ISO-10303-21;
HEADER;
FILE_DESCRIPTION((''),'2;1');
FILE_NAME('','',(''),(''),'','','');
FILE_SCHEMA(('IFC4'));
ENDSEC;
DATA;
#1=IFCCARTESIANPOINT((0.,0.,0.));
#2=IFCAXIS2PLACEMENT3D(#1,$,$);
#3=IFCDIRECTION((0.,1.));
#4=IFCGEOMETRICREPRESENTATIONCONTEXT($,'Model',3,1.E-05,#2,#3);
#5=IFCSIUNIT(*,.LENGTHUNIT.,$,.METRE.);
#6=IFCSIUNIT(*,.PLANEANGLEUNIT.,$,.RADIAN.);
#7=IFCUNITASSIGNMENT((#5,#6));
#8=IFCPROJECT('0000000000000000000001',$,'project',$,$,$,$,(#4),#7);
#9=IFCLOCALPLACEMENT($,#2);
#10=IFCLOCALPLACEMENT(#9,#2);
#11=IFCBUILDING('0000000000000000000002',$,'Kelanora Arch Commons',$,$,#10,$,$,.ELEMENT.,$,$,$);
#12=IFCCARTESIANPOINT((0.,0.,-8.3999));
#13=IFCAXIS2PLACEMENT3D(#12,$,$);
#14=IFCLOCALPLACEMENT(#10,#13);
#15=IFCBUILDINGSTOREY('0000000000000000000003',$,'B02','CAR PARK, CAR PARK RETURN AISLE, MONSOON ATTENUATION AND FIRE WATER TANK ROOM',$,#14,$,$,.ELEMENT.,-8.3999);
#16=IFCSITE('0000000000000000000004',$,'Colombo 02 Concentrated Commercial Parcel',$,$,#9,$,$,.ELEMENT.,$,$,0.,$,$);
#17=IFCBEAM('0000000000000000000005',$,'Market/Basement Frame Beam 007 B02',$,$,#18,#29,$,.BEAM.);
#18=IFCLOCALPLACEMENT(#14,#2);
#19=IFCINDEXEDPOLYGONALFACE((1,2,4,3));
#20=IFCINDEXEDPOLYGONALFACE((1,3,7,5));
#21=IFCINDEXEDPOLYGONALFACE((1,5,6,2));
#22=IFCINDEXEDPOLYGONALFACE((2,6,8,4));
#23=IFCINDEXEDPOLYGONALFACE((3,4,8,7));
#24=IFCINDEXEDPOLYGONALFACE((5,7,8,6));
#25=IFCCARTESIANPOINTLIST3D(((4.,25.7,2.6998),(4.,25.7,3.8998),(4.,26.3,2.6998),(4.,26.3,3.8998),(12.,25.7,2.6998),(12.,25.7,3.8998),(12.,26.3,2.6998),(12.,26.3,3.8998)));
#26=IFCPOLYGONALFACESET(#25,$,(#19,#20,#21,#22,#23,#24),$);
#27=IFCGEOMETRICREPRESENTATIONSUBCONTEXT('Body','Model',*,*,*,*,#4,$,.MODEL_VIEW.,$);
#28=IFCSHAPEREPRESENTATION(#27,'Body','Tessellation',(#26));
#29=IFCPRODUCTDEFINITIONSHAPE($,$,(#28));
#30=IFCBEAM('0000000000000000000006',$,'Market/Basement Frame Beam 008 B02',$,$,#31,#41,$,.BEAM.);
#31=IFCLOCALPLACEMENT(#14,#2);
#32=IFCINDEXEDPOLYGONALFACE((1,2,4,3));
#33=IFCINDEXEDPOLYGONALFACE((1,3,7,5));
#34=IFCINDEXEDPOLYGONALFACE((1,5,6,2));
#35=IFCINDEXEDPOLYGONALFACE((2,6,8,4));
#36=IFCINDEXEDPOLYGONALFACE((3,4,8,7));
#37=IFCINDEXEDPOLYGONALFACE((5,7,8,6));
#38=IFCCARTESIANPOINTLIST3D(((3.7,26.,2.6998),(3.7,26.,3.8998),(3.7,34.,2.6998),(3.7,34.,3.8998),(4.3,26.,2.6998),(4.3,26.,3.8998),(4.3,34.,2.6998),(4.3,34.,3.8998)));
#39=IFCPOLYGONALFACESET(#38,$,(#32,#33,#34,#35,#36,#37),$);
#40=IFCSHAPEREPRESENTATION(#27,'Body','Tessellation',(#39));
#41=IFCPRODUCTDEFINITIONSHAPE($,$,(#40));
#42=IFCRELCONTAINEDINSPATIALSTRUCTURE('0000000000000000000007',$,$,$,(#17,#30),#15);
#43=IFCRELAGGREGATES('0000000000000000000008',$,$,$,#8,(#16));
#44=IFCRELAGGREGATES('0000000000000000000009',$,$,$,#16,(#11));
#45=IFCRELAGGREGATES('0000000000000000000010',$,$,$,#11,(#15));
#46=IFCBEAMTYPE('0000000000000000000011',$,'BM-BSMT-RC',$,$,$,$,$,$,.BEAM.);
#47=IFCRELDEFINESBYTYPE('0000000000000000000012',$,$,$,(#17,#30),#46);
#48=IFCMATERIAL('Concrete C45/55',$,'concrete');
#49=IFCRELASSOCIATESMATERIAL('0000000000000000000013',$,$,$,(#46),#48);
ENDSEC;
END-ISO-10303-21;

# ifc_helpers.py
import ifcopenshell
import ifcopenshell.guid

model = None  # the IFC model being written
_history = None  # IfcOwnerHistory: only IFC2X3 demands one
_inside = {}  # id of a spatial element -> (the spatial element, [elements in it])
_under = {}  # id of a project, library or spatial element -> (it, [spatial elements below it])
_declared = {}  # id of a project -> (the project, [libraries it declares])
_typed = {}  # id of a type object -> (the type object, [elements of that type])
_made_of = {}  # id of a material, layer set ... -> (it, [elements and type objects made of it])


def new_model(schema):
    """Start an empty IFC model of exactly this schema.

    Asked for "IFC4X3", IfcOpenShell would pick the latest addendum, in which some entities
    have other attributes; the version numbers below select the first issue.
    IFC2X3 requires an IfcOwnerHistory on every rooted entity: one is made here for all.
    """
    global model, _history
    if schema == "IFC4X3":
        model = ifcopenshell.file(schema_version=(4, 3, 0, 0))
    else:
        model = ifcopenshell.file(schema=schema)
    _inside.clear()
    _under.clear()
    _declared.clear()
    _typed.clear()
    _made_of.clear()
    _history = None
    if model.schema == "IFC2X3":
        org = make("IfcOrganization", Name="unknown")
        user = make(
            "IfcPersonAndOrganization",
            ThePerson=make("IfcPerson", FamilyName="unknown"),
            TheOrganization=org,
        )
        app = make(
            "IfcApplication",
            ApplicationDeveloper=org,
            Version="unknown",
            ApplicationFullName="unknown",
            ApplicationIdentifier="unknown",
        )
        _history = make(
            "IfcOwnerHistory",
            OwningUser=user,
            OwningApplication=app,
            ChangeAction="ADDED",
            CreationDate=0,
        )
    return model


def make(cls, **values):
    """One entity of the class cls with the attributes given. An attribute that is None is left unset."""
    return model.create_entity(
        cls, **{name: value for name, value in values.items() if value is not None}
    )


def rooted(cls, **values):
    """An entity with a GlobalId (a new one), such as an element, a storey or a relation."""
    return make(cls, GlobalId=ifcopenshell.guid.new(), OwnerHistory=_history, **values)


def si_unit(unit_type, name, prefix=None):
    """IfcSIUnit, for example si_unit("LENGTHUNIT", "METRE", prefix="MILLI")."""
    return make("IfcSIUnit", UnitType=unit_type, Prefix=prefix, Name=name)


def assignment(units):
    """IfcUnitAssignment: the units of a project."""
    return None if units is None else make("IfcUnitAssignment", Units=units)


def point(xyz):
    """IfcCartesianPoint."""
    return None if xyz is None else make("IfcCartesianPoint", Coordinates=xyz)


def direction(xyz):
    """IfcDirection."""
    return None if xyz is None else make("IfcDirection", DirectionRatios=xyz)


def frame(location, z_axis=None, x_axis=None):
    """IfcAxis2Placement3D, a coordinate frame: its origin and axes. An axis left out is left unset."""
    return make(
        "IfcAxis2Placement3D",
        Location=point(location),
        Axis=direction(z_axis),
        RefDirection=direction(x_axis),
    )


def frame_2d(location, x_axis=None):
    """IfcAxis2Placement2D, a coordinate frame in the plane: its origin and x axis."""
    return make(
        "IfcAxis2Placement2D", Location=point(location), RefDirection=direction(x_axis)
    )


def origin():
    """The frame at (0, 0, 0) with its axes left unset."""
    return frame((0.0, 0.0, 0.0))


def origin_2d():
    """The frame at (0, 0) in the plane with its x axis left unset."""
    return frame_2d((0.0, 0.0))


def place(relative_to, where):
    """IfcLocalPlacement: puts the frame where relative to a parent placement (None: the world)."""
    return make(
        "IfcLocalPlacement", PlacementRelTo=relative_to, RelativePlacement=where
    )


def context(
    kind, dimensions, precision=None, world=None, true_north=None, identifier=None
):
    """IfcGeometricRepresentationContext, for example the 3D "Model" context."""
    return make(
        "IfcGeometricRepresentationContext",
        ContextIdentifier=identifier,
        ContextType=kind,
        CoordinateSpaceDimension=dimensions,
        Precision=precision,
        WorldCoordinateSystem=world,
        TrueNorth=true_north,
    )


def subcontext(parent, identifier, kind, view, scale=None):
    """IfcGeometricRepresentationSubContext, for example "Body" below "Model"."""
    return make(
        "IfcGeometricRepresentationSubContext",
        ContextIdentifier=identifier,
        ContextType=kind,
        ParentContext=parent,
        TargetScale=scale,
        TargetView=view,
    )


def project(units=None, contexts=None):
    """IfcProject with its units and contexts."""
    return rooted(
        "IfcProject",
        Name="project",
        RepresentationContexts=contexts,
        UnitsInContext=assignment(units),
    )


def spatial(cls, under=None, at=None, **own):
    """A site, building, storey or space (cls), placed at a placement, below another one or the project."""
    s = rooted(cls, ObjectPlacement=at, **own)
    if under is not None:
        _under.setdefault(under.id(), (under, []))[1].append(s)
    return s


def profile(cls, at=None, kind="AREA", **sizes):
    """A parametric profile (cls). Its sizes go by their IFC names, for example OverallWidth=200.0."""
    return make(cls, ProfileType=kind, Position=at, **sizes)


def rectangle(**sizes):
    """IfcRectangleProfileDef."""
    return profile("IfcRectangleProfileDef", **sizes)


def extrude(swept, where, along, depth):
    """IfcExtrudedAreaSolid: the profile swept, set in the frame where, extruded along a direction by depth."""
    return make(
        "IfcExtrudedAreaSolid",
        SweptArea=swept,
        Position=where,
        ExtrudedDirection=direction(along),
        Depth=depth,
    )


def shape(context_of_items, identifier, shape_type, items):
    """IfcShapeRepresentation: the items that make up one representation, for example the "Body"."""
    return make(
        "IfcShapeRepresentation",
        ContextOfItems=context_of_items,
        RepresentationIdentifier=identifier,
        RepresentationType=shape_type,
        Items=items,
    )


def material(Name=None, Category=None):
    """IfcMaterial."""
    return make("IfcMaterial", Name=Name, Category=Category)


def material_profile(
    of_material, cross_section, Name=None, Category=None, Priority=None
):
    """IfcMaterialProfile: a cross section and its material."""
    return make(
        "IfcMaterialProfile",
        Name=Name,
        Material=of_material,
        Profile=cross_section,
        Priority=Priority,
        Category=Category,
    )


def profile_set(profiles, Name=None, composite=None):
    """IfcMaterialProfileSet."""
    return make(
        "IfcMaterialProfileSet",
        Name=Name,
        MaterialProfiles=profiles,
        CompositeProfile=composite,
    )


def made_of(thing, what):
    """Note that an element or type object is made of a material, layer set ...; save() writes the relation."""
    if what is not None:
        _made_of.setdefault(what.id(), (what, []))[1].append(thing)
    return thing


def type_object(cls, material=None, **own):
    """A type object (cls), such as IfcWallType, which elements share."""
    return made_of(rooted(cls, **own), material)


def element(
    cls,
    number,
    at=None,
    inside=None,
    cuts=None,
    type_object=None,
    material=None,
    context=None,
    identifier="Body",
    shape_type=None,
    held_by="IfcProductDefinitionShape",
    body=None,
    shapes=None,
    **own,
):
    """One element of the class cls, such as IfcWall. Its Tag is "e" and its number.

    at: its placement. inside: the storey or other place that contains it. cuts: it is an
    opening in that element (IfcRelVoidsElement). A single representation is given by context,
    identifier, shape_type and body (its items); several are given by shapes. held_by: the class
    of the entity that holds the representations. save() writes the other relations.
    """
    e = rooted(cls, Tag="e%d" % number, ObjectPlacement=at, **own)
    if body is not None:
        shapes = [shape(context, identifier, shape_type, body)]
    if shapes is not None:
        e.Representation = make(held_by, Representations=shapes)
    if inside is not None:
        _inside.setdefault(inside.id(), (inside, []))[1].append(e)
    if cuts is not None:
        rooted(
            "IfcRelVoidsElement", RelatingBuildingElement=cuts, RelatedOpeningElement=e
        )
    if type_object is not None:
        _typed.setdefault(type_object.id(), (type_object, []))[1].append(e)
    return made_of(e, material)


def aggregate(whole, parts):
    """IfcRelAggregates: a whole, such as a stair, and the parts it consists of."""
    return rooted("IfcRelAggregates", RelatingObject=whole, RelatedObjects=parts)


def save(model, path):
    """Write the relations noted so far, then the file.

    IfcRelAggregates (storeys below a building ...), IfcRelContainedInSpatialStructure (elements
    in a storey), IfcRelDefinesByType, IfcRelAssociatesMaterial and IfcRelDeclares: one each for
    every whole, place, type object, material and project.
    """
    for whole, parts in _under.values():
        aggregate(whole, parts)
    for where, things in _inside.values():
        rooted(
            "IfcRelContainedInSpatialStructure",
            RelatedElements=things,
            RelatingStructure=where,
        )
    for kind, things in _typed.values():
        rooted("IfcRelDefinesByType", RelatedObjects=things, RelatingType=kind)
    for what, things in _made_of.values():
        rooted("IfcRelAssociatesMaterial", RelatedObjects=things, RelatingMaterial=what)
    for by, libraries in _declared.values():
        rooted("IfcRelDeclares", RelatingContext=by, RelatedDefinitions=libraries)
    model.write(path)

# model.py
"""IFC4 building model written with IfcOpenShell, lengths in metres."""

from ifc_helpers import new_model, si_unit, direction, frame, origin, origin_2d, place, context, subcontext, project, spatial, rectangle, extrude, material, material_profile, profile_set, type_object, element, save


model = new_model("IFC4")

# Units and contexts
model_context = context("Model", 3, precision=1e-05, world=origin(), true_north=direction((0.0, 1.0)))
body_context = subcontext(model_context, "Body", "Model", "MODEL_VIEW")
ifc_project = project(units=[si_unit("LENGTHUNIT", "METRE"), si_unit("PLANEANGLEUNIT", "RADIAN")], contexts=[model_context])

# Site, building, storey
site_placement = place(None, origin())
site = spatial("IfcSite", under=ifc_project, at=site_placement, Name="Colombo 02 Concentrated Commercial Parcel", CompositionType="ELEMENT", RefElevation=0.0)
building_placement = place(site_placement, origin())
building = spatial("IfcBuilding", under=site, at=building_placement, Name="Kelanora Arch Commons", CompositionType="ELEMENT")
storey_placement = place(building_placement, frame((0.0, 0.0, -8.3999)))
storey = spatial("IfcBuildingStorey", under=building, at=storey_placement, Name="B02", Description="CAR PARK, CAR PARK RETURN AISLE, MONSOON ATTENUATION AND FIRE WATER TANK ROOM", CompositionType="ELEMENT", Elevation=-8.3999)

# Shared definitions
ifc_material_1 = material(Name="Concrete C45/55", Category="concrete")

# Beams
ifc_material_profile_1 = material_profile(ifc_material_1, rectangle(XDim=0.6001, YDim=1.2, at=origin_2d()), Name="RCB600x1200")
ifc_profile_set_1 = profile_set([ifc_material_profile_1], Name="Concrete C45/55")
beam_type = type_object("IfcBeamType", Name="BM-BSMT-RC", PredefinedType="BEAM", material=ifc_profile_set_1)
for number, where, z_axis, x_axis, name in (
    (1, (4.0, 26.0, 3.2998), (1.0, 0.0, 0.0), (0.0, 1.0, 0.0), "Market/Basement Frame Beam 007 B02"),
    (2, (4.0, 26.0, 3.2998), (0.0, 1.0, 0.0), (-1.0, 0.0, 0.0), "Market/Basement Frame Beam 008 B02"),
):
    element("IfcBeam", number, at=place(storey_placement, frame(where, z_axis=z_axis, x_axis=x_axis)), inside=storey, type_object=beam_type, Name=name, PredefinedType="BEAM", context=body_context, shape_type="SweptSolid", body=[
        extrude(rectangle(XDim=0.6001, YDim=1.2, at=origin_2d()), origin(), (0.0, 0.0, 1.0), 8.0),
    ])

save(model, "model.ifc")
